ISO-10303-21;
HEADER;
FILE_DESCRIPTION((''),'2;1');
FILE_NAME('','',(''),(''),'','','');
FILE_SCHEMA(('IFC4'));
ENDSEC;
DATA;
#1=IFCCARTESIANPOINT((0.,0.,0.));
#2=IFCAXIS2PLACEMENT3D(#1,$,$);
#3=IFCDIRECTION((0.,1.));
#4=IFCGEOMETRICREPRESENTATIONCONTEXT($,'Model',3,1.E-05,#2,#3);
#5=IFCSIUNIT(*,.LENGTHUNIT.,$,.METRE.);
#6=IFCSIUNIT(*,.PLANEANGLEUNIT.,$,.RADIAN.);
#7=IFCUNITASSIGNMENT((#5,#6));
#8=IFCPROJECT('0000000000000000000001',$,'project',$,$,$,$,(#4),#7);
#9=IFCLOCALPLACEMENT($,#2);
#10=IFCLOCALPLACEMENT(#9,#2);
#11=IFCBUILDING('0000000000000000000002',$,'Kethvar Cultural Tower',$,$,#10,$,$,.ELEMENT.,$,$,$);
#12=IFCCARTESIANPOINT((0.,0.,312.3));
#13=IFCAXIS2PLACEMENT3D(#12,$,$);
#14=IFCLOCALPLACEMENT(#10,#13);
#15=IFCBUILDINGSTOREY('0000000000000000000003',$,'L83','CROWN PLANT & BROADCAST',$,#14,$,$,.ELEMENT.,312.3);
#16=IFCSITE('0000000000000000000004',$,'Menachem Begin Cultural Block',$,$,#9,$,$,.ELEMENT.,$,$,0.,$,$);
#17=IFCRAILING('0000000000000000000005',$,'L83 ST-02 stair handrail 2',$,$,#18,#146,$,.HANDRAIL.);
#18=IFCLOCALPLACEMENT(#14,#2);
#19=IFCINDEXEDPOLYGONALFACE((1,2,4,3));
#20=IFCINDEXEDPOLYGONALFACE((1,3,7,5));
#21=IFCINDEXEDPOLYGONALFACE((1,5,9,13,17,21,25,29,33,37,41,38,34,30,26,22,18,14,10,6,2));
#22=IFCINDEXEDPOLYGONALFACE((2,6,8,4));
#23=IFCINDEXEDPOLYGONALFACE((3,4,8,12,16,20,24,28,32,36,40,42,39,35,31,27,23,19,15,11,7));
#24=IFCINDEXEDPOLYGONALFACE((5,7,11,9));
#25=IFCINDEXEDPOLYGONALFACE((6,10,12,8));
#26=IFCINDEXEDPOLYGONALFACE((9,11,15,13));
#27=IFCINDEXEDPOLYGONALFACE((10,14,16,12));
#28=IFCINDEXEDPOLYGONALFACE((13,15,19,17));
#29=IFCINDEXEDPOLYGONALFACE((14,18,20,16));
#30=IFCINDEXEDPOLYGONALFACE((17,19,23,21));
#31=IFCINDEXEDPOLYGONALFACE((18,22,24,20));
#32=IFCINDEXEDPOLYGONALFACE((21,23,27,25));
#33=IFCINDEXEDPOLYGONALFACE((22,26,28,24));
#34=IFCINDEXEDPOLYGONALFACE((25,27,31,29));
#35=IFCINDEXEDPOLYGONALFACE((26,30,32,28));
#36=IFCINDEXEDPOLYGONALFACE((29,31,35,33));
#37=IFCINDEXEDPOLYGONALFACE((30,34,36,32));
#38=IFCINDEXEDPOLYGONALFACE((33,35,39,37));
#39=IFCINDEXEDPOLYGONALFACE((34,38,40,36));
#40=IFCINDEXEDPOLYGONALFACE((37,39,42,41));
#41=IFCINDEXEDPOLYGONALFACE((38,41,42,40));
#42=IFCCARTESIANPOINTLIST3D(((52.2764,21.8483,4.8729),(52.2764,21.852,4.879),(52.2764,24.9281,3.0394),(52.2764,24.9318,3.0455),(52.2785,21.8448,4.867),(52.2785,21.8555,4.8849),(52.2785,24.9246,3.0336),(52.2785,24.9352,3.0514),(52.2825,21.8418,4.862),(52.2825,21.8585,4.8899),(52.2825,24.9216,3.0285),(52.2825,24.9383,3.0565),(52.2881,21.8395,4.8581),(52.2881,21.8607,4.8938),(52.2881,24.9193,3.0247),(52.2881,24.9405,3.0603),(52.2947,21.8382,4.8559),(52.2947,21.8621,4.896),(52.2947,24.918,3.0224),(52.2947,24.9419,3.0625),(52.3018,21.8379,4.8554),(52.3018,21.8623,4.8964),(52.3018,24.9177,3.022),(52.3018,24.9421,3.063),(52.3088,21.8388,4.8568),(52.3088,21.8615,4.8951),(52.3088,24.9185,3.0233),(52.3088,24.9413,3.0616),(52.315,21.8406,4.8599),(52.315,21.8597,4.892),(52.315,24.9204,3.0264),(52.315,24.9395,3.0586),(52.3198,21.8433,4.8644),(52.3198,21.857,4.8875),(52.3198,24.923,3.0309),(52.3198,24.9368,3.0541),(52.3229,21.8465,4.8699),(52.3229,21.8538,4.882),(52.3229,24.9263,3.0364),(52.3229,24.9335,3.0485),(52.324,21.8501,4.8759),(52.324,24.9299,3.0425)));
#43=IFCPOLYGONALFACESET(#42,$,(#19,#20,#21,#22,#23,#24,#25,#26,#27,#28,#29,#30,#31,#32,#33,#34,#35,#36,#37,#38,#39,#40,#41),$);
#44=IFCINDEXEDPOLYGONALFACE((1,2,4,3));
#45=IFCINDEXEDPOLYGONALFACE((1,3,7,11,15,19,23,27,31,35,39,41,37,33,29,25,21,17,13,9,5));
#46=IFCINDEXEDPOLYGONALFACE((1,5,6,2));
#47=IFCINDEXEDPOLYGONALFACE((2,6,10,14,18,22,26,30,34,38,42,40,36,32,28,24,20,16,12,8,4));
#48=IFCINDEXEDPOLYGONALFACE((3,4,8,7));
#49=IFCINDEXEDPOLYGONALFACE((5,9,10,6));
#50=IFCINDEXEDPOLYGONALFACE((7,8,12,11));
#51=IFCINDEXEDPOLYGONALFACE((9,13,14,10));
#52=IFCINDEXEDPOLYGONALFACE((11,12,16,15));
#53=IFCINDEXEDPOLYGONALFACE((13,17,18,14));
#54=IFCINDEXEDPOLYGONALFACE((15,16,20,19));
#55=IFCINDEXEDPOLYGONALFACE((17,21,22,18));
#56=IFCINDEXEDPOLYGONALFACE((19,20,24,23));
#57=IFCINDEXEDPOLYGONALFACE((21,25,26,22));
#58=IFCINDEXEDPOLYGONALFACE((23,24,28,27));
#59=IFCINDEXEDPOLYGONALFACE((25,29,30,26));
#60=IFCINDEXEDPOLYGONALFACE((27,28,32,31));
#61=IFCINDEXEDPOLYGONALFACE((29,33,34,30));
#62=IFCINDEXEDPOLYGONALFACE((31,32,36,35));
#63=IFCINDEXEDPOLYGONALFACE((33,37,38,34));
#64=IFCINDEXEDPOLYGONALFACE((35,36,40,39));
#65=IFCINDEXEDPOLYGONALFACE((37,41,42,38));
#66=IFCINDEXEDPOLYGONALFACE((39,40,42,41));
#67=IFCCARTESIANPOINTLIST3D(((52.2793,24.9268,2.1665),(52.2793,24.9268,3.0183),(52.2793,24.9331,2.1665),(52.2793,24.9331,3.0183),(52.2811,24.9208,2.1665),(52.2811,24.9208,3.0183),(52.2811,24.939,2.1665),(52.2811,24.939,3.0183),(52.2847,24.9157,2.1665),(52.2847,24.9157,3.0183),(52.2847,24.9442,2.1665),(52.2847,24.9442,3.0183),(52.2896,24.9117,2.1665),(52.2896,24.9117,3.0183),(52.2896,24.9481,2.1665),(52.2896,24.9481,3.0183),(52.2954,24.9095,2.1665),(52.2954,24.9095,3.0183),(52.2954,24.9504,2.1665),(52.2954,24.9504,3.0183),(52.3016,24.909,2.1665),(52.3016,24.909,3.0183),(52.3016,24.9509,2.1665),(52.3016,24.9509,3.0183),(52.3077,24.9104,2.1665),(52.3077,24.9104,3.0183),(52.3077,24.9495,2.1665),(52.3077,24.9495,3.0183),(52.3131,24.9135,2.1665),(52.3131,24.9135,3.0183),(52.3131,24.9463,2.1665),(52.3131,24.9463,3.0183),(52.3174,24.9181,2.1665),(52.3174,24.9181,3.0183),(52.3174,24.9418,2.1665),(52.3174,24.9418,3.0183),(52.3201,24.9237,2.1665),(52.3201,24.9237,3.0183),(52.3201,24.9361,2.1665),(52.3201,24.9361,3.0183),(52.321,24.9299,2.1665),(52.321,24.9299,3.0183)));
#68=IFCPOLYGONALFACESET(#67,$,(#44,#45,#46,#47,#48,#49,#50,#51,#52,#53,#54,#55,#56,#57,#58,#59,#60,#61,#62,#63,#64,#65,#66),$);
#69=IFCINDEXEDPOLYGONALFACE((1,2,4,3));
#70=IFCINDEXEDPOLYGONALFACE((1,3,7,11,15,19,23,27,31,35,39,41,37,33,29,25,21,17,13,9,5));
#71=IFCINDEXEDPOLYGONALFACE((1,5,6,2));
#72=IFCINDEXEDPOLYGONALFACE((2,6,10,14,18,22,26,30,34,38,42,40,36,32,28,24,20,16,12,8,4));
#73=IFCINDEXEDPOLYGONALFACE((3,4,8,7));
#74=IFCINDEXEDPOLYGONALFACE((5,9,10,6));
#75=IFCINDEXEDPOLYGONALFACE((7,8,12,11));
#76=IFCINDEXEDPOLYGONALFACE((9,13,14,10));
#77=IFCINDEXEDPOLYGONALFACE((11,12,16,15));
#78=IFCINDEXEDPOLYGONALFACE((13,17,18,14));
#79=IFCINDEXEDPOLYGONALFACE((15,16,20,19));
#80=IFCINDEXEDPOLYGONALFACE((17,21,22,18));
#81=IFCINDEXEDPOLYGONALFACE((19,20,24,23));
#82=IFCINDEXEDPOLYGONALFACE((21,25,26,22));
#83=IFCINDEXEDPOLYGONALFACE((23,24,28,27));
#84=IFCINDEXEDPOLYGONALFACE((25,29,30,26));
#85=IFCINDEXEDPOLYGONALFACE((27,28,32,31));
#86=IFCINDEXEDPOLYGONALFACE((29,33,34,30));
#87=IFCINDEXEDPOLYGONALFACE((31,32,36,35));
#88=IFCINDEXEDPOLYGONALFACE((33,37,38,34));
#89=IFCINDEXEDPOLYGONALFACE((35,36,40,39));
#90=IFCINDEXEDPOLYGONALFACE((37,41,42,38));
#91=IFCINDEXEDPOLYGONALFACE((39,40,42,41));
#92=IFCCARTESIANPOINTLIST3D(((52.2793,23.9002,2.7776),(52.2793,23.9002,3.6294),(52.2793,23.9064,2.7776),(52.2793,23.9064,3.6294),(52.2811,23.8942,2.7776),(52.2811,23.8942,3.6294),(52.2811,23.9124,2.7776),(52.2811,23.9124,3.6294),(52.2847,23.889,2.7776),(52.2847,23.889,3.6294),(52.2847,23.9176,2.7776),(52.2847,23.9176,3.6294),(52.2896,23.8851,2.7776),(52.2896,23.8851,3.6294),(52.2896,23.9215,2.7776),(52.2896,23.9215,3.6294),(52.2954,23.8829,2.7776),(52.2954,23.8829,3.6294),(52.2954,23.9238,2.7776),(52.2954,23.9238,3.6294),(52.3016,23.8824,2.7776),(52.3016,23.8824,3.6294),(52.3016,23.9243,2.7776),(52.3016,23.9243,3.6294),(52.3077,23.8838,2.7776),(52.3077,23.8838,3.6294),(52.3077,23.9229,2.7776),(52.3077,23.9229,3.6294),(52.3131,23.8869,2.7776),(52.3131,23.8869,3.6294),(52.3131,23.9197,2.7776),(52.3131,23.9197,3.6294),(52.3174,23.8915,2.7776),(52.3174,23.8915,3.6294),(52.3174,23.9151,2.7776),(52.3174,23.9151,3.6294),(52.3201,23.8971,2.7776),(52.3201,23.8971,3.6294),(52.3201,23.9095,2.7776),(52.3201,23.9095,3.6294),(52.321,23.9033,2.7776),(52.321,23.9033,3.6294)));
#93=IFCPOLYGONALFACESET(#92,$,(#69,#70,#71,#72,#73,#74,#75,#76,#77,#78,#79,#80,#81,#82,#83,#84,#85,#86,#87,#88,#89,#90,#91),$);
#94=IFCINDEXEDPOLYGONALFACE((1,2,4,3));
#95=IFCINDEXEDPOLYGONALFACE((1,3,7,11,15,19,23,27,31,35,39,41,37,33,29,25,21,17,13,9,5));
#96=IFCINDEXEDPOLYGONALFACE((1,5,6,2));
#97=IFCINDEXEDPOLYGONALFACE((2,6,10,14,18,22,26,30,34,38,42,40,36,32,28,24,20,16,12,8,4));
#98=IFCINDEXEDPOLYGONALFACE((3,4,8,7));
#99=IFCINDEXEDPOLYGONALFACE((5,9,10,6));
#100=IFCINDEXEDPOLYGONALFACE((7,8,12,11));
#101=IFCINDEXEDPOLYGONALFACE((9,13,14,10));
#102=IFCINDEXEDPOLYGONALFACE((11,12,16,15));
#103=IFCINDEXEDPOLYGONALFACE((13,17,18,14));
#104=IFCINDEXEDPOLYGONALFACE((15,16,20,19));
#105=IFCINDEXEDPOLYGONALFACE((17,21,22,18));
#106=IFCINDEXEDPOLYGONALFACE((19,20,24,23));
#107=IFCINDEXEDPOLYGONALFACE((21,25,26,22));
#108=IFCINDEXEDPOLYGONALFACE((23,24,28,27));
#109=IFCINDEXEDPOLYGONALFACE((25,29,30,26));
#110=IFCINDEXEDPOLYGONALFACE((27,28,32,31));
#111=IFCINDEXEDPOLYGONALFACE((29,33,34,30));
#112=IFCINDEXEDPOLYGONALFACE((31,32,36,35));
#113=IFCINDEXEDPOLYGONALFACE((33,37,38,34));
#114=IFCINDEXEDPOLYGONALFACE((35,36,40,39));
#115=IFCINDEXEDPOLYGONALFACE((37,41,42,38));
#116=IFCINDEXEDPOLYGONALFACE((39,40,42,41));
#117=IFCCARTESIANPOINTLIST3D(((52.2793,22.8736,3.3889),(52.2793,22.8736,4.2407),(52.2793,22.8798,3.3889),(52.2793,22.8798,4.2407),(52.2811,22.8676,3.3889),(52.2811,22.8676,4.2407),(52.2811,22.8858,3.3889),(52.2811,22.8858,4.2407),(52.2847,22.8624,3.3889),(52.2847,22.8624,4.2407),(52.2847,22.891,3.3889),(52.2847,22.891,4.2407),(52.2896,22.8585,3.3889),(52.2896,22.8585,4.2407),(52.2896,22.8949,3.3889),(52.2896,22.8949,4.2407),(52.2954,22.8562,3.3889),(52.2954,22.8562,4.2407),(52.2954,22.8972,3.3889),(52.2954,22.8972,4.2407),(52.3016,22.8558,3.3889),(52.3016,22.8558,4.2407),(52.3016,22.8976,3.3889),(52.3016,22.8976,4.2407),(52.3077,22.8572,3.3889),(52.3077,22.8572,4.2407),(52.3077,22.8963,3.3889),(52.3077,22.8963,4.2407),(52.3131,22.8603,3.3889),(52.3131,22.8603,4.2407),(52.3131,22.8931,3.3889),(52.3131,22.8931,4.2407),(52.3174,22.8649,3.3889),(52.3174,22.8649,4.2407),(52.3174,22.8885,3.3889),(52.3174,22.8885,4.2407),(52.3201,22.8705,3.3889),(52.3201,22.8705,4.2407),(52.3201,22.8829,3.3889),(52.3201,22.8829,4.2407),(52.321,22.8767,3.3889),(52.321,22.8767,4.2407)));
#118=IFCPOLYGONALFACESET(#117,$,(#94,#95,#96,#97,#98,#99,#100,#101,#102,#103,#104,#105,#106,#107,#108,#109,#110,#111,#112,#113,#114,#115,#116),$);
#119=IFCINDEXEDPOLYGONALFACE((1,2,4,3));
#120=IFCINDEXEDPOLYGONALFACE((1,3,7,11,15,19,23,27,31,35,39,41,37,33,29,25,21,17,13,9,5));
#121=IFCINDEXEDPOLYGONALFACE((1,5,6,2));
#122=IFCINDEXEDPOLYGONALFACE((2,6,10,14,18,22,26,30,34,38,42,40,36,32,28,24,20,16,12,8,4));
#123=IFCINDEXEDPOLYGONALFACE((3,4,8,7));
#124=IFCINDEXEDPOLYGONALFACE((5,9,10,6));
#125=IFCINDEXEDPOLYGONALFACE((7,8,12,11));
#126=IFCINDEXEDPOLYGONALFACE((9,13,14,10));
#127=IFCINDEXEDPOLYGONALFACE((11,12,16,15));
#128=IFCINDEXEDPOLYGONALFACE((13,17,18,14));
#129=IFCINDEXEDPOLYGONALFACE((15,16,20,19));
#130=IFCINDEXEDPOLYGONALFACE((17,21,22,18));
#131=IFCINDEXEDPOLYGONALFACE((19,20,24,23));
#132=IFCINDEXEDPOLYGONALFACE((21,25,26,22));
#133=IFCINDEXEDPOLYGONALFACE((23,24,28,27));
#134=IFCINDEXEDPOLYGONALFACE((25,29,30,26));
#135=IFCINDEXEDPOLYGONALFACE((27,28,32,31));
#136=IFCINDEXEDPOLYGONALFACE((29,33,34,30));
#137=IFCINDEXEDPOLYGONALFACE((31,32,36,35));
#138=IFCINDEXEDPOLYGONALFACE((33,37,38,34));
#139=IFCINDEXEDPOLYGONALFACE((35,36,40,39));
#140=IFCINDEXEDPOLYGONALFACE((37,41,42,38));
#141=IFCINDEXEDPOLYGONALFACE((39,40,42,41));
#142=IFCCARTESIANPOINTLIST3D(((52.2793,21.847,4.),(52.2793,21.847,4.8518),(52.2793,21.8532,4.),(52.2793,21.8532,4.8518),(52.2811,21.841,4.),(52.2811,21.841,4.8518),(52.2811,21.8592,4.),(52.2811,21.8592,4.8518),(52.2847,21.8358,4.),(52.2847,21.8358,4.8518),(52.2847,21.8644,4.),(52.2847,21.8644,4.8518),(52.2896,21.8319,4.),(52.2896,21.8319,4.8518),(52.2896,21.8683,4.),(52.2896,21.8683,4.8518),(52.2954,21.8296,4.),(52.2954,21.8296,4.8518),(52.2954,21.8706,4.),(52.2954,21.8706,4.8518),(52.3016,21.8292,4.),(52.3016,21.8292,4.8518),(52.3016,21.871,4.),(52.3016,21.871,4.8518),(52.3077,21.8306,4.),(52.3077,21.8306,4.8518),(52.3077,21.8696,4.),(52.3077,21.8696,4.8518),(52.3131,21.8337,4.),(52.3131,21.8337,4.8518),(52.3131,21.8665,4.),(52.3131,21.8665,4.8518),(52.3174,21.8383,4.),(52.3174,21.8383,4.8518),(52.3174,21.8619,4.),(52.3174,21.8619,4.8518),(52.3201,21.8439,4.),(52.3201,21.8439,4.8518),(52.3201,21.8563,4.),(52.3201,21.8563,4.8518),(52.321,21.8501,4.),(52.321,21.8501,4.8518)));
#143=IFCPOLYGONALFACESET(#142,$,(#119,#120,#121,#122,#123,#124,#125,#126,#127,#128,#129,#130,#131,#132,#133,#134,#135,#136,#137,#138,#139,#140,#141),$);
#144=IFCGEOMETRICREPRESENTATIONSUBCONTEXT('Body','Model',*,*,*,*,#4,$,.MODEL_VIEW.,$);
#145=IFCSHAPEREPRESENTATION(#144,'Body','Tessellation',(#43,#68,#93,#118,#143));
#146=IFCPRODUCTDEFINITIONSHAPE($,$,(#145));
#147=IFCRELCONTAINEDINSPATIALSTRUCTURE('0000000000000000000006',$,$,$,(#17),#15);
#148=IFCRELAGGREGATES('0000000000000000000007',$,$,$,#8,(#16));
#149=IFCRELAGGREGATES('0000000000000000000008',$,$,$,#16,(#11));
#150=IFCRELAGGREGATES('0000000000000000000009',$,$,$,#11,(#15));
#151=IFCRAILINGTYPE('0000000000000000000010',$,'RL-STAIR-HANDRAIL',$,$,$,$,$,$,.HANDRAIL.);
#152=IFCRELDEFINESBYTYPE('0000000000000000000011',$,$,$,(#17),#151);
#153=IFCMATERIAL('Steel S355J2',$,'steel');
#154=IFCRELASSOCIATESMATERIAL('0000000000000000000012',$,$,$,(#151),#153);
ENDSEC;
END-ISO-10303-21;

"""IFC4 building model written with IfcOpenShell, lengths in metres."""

from ifc_helpers import new_model, si_unit, direction, frame, origin, origin_2d, place, context, subcontext, project, spatial, circle, extrude, material, type_object, element, save


model = new_model("IFC4")

# Units and contexts
model_context = context("Model", 3, precision=1e-05, world=origin(), true_north=direction((0.0, 1.0)))
body_context = subcontext(model_context, "Body", "Model", "MODEL_VIEW")
ifc_project = project(units=[si_unit("LENGTHUNIT", "METRE"), si_unit("PLANEANGLEUNIT", "RADIAN")], contexts=[model_context])

# Site, building, storey
site_placement = place(None, origin())
site = spatial("IfcSite", under=ifc_project, at=site_placement, Name="Menachem Begin Cultural Block", CompositionType="ELEMENT", RefElevation=0.0)
building_placement = place(site_placement, origin())
building = spatial("IfcBuilding", under=site, at=building_placement, Name="Kethvar Cultural Tower", CompositionType="ELEMENT")
storey_placement = place(building_placement, frame((0.0, 0.0, 312.3)))
storey = spatial("IfcBuildingStorey", under=building, at=storey_placement, Name="L83", Description="CROWN PLANT & BROADCAST", CompositionType="ELEMENT", Elevation=312.3)

# Shared definitions
ifc_material_1 = material(Name="Steel S355J2", Category="steel")

# Railing
railing_type_1 = type_object("IfcRailingType", Name="RL-STAIR-HANDRAIL", PredefinedType="HANDRAIL", material=ifc_material_1)
railing_1_placement = place(storey_placement, frame((52.3, 24.9299, 2.1665)))
element("IfcRailing", 1, at=railing_1_placement, inside=storey, type_object=railing_type_1, Name="L83 ST-02 stair handrail 2", PredefinedType="HANDRAIL", context=body_context, shape_type="SweptSolid", body=[
    extrude(circle(Radius=0.0239, at=origin_2d()), frame((0.0, 0.0, 0.876), z_axis=(0.0, -0.859261, 0.511538), x_axis=(1.0, 0.0, 0.0)), (0.0, 0.0, 1.0), 3.5842),
    extrude(circle(Radius=0.021, at=origin_2d()), origin(), (0.0, 0.0, 1.0), 0.8518),
    extrude(circle(Radius=0.021, at=origin_2d()), frame((0.0, -1.0266, 0.6111)), (0.0, 0.0, 1.0), 0.8518),
    extrude(circle(Radius=0.021, at=origin_2d()), frame((0.0, -2.0532, 1.2224)), (0.0, 0.0, 1.0), 0.8518),
    extrude(circle(Radius=0.021, at=origin_2d()), frame((0.0, -3.0798, 1.8335)), (0.0, 0.0, 1.0), 0.8518),
])

save(model, "model.ifc")
